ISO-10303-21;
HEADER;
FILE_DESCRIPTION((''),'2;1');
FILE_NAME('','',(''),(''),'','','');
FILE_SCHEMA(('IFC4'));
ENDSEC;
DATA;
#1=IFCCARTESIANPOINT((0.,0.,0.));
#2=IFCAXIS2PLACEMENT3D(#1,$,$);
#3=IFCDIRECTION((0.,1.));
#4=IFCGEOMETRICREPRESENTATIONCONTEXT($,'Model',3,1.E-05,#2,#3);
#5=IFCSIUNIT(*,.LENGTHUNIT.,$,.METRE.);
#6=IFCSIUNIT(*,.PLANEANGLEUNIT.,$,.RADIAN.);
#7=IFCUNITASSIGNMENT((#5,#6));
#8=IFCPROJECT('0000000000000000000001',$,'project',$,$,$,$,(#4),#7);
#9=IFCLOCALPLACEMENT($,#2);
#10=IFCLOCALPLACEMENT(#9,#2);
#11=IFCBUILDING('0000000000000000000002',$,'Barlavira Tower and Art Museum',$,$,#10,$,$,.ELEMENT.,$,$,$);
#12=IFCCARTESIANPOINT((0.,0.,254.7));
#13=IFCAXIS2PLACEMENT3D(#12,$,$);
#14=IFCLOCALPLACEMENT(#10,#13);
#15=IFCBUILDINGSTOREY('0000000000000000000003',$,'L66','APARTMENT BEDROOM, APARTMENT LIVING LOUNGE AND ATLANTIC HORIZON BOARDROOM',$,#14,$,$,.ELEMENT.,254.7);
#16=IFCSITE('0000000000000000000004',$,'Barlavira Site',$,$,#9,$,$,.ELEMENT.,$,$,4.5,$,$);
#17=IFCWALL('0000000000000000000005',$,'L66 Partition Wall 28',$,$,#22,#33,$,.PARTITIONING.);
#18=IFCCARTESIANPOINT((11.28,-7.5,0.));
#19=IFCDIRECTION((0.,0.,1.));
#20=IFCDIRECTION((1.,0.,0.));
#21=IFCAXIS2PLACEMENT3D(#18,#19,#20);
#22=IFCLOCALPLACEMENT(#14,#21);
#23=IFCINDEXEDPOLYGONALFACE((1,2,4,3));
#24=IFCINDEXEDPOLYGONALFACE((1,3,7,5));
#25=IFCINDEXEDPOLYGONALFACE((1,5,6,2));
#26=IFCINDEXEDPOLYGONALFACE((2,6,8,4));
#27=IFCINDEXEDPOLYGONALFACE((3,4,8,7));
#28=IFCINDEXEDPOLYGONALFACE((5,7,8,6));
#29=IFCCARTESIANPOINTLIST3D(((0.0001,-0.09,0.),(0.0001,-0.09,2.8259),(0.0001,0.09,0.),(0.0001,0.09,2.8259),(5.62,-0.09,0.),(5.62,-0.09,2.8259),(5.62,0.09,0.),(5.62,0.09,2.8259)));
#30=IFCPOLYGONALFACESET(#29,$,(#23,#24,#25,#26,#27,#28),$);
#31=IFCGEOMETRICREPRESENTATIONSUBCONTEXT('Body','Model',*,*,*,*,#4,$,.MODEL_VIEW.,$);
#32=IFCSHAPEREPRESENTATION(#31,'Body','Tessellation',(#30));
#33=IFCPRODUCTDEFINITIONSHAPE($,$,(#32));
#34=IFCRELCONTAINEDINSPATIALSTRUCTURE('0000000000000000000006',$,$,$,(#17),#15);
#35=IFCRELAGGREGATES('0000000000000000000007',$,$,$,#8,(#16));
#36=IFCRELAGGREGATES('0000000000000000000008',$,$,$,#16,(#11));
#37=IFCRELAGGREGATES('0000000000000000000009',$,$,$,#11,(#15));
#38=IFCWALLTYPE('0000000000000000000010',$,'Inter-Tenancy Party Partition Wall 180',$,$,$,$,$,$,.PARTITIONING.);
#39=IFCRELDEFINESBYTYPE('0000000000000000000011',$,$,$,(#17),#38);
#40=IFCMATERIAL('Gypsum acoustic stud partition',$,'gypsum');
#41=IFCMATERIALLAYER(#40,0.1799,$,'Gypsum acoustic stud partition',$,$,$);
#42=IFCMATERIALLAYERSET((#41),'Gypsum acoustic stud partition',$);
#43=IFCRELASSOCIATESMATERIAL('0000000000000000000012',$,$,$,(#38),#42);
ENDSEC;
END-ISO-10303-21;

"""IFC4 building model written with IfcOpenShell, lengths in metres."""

from ifc_helpers import new_model, si_unit, direction, frame, frame_2d, origin, place, context, subcontext, project, spatial, rectangle, extrude, material, layer, layer_set, type_object, element, save


model = new_model("IFC4")

# Units and contexts
model_context = context("Model", 3, precision=1e-05, world=origin(), true_north=direction((0.0, 1.0)))
body_context = subcontext(model_context, "Body", "Model", "MODEL_VIEW")
ifc_project = project(units=[si_unit("LENGTHUNIT", "METRE"), si_unit("PLANEANGLEUNIT", "RADIAN")], contexts=[model_context])

# Site, building, storey
site_placement = place(None, origin())
site = spatial("IfcSite", under=ifc_project, at=site_placement, Name="Barlavira Site", CompositionType="ELEMENT", RefElevation=4.5)
building_placement = place(site_placement, origin())
building = spatial("IfcBuilding", under=site, at=building_placement, Name="Barlavira Tower and Art Museum", CompositionType="ELEMENT")
storey_placement = place(building_placement, frame((0.0, 0.0, 254.7)))
storey = spatial("IfcBuildingStorey", under=building, at=storey_placement, Name="L66", Description="APARTMENT BEDROOM, APARTMENT LIVING LOUNGE AND ATLANTIC HORIZON BOARDROOM", CompositionType="ELEMENT", Elevation=254.7)

# Wall
ifc_material_1 = material(Name="Gypsum acoustic stud partition", Category="gypsum")
ifc_layer_1 = layer(ifc_material_1, 0.1799, Name="Gypsum acoustic stud partition")
ifc_layer_set_1 = layer_set([ifc_layer_1], Name="Gypsum acoustic stud partition")
wall_type = type_object("IfcWallType", Name="Inter-Tenancy Party Partition Wall 180", PredefinedType="PARTITIONING", material=ifc_layer_set_1)
wall_placement = place(storey_placement, frame((11.28, -7.5, 0.0), z_axis=(0.0, 0.0, 1.0), x_axis=(1.0, 0.0, 0.0)))
element("IfcWall", 1, at=wall_placement, inside=storey, type_object=wall_type, Name="L66 Partition Wall 28", PredefinedType="PARTITIONING", context=body_context, shape_type="SweptSolid", body=[
    extrude(rectangle(XDim=5.6199, YDim=0.1799, at=frame_2d((2.8101, 0.0))), origin(), (0.0, 0.0, 1.0), 2.8259),
])

save(model, "model.ifc")
